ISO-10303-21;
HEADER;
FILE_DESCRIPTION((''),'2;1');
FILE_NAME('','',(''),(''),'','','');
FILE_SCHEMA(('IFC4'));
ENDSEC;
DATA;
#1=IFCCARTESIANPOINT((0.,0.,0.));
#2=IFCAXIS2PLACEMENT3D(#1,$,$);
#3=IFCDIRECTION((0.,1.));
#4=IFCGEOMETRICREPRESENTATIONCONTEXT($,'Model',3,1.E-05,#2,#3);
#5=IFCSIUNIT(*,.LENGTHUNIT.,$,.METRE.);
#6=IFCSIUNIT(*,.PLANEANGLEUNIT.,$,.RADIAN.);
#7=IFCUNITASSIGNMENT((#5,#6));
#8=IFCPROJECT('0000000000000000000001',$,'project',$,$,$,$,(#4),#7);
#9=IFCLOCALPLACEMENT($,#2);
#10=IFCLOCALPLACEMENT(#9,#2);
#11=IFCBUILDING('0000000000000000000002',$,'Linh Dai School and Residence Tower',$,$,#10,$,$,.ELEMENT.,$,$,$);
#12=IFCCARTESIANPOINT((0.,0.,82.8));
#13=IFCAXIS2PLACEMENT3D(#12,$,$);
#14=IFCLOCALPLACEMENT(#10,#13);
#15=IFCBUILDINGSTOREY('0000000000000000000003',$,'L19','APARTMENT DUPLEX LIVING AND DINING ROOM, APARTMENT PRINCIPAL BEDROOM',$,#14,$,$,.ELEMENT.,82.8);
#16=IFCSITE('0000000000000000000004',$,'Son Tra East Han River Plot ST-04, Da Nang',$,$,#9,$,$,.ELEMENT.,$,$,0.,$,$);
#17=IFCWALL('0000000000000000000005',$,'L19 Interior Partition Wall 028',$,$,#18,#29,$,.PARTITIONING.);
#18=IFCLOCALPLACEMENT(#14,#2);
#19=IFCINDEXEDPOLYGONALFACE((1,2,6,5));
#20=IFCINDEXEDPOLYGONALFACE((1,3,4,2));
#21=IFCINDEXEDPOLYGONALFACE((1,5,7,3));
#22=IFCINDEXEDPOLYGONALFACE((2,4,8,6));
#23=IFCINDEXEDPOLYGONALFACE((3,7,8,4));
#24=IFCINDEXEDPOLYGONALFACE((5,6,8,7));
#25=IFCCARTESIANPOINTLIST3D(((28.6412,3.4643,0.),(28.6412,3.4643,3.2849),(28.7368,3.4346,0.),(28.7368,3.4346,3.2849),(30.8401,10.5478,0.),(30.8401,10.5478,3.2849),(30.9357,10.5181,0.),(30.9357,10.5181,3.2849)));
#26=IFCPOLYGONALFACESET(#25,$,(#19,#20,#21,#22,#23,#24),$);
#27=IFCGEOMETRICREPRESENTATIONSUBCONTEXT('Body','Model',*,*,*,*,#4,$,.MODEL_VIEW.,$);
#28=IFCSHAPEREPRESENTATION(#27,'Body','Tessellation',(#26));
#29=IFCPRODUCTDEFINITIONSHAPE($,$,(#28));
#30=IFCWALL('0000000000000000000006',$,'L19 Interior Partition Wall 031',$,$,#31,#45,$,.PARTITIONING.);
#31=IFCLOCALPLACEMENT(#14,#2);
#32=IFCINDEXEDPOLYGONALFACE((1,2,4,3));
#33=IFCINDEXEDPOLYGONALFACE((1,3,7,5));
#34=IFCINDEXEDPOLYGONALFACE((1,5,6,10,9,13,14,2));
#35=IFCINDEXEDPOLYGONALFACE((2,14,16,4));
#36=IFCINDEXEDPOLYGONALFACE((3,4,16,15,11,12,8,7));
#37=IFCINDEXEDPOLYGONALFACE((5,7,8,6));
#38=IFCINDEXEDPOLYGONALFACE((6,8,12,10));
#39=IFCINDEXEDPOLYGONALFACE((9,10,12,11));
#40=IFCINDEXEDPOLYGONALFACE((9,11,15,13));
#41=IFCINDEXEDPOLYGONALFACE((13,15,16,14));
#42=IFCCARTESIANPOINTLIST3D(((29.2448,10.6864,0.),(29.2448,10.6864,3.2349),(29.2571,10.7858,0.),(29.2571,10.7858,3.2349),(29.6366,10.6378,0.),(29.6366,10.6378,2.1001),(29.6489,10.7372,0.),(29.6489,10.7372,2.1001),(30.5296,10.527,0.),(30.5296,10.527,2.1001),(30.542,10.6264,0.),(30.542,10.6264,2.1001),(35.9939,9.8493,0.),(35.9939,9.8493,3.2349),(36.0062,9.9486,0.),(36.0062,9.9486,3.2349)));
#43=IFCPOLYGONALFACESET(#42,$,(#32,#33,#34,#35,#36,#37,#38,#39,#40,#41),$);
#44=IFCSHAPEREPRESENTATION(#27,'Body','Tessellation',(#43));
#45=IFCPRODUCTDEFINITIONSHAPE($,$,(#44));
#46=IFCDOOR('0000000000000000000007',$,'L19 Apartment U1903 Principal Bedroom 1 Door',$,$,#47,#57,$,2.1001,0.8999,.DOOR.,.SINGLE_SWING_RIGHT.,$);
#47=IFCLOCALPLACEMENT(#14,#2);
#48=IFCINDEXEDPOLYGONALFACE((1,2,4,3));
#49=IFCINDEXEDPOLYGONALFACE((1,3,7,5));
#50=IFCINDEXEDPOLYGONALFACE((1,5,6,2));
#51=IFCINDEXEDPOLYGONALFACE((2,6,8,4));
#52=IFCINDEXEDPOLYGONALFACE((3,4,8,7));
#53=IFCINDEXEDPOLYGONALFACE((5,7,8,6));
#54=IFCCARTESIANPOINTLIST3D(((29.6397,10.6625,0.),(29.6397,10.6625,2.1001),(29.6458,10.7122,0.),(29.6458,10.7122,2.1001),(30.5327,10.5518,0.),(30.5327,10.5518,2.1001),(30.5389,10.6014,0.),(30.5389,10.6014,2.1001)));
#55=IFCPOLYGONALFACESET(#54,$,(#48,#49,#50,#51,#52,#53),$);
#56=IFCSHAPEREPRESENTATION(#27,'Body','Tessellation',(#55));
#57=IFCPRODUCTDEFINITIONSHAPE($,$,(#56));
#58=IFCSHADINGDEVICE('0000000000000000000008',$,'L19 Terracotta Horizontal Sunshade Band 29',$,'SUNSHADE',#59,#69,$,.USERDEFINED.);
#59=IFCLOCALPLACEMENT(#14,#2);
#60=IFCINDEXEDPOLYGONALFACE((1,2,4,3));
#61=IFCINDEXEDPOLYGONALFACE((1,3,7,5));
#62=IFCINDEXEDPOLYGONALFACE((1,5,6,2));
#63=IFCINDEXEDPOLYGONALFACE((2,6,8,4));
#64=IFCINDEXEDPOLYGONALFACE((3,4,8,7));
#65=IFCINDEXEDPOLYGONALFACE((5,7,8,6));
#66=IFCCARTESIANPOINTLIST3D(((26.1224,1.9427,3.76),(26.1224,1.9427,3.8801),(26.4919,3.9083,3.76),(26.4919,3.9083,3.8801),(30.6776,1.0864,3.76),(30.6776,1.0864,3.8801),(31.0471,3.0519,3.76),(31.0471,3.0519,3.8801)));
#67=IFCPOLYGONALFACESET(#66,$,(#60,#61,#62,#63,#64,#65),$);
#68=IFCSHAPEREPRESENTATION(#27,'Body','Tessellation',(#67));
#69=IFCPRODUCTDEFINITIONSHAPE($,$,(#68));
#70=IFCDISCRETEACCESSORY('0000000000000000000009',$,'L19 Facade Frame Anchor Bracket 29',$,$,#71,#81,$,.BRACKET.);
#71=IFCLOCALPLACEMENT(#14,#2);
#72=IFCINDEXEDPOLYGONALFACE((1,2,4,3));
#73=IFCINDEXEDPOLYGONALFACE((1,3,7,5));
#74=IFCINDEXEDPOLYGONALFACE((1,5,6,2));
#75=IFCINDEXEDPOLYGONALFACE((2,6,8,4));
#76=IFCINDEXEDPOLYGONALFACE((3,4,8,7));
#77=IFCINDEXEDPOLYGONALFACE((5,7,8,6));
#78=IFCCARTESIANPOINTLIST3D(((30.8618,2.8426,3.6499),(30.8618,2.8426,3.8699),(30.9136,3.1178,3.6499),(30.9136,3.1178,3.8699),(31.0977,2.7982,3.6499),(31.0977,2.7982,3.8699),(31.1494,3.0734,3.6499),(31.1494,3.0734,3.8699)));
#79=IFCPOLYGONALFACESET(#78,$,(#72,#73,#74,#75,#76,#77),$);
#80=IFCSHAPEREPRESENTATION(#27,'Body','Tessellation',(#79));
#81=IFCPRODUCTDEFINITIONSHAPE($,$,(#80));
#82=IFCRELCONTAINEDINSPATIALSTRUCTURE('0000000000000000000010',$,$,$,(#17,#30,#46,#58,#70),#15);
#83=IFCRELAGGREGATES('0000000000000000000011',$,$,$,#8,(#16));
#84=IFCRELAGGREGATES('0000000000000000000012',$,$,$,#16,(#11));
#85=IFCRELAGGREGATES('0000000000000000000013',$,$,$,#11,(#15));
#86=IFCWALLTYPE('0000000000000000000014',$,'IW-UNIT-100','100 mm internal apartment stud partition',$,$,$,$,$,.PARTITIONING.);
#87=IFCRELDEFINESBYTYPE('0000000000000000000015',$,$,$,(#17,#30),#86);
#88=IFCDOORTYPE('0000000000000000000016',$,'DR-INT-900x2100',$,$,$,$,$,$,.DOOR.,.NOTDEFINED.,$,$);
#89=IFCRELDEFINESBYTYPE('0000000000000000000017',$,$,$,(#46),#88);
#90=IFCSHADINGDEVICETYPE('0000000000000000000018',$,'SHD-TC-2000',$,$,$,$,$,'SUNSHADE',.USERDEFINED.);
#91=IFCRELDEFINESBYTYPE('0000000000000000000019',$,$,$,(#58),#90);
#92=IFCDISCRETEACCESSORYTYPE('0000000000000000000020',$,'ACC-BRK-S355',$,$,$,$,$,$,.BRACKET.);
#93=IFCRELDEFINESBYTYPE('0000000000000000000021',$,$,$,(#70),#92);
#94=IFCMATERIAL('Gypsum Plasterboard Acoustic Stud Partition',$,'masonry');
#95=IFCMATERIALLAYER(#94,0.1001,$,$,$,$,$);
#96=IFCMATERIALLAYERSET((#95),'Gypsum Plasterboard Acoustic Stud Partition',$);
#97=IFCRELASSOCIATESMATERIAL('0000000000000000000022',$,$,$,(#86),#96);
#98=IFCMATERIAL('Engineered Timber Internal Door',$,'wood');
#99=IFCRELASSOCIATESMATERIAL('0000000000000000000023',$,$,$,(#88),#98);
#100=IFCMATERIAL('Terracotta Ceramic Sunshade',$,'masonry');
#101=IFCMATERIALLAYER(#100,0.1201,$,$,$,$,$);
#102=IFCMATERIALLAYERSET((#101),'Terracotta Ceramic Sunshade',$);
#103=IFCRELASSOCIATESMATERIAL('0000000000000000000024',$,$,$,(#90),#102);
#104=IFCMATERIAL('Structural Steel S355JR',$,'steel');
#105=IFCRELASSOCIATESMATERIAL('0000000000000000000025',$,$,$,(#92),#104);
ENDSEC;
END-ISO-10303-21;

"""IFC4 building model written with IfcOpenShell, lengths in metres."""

from ifc_helpers import new_model, si_unit, direction, frame, frame_2d, origin, origin_2d, place, context, subcontext, project, spatial, rectangle, extrude, source, transform, mapped, material, layer, layer_set, type_object, element, fill, save


model = new_model("IFC4")

# Units and contexts
model_context = context("Model", 3, precision=1e-05, world=origin(), true_north=direction((0.0, 1.0)))
body_context = subcontext(model_context, "Body", "Model", "MODEL_VIEW")
ifc_project = project(units=[si_unit("LENGTHUNIT", "METRE"), si_unit("PLANEANGLEUNIT", "RADIAN")], contexts=[model_context])

# Site, building, storey
site_placement = place(None, origin())
site = spatial("IfcSite", under=ifc_project, at=site_placement, Name="Son Tra East Han River Plot ST-04, Da Nang", CompositionType="ELEMENT", RefElevation=0.0)
building_placement = place(site_placement, origin())
building = spatial("IfcBuilding", under=site, at=building_placement, Name="Linh Dai School and Residence Tower", CompositionType="ELEMENT")
storey_placement = place(building_placement, frame((0.0, 0.0, 82.8)))
storey = spatial("IfcBuildingStorey", under=building, at=storey_placement, Name="L19", Description="APARTMENT DUPLEX LIVING AND DINING ROOM, APARTMENT PRINCIPAL BEDROOM", CompositionType="ELEMENT", Elevation=82.8)

# Shared definitions
ifc_material_1 = material(Name="Structural Steel S355JR", Category="steel")

# Shared definitions
ifc_material_2 = material(Name="Gypsum Plasterboard Acoustic Stud Partition", Category="masonry")
ifc_layer_1 = layer(ifc_material_2, 0.1001)
ifc_layer_set_1 = layer_set([ifc_layer_1], Name="Gypsum Plasterboard Acoustic Stud Partition")
wall_type_1 = type_object("IfcWallType", Name="IW-UNIT-100", Description="100 mm internal apartment stud partition", PredefinedType="PARTITIONING", material=ifc_layer_set_1)

# Wall
wall_1_placement = place(storey_placement, frame((28.689, 3.4495, 0.0), z_axis=(0.0, 0.0, 1.0), x_axis=(0.296479, 0.955039, 0.0)))
element("IfcWall", 1, at=wall_1_placement, inside=storey, type_object=wall_type_1, Name="L19 Interior Partition Wall 028", PredefinedType="PARTITIONING", context=body_context, shape_type="SweptSolid", body=[
    extrude(rectangle(XDim=7.417, YDim=0.1001, at=frame_2d((3.7085, 0.0))), origin(), (0.0, 0.0, 1.0), 3.2849),
])

# Wall, opening, door
wall_2_placement = place(storey_placement, frame((29.251, 10.7361, 0.0), z_axis=(0.0, 0.0, 1.0), x_axis=(0.992395, -0.123098, 0.0)))
wall_2 = element("IfcWall", 2, at=wall_2_placement, inside=storey, type_object=wall_type_1, Name="L19 Interior Partition Wall 031", PredefinedType="PARTITIONING", context=body_context, shape_type="SweptSolid", body=[
    extrude(rectangle(XDim=6.8008, YDim=0.1001, at=frame_2d((3.4004, 0.0))), origin(), (0.0, 0.0, 1.0), 3.2349),
])
opening_1_placement = place(wall_2_placement, frame((0.3948, 0.0, 0.0)))
opening_1 = element("IfcOpeningElement", 3, at=opening_1_placement, cuts=wall_2, PredefinedType="OPENING", context=body_context, shape_type="SweptSolid", body=[
    extrude(rectangle(XDim=0.8999, YDim=2.1001, at=origin_2d()), frame((0.45, 0.0601, 1.05), z_axis=(0.0, -1.0, 0.0), x_axis=(1.0, 0.0, 0.0)), (0.0, 0.0, 1.0), 0.1201),
])
ifc_material_3 = material(Name="Engineered Timber Internal Door", Category="wood")
door_type_1 = type_object("IfcDoorType", Name="DR-INT-900x2100", OperationType="NOTDEFINED", PredefinedType="DOOR", material=ifc_material_3)
shared_shape_1 = source(origin(), body_context, "Body", "SweptSolid", [
    extrude(rectangle(XDim=0.8999, YDim=2.1001, at=origin_2d()), frame((0.45, 0.0249, 1.05), z_axis=(0.0, -1.0, 0.0), x_axis=(1.0, 0.0, 0.0)), (0.0, 0.0, 1.0), 0.05),
])
door_1_placement = place(opening_1_placement, origin())
door_1 = element("IfcDoor", 4, at=door_1_placement, inside=storey, type_object=door_type_1, Name="L19 Apartment U1903 Principal Bedroom 1 Door", OperationType="SINGLE_SWING_RIGHT", OverallHeight=2.1001, OverallWidth=0.8999, PredefinedType="DOOR", context=body_context, shape_type="MappedRepresentation", body=[
    mapped(shared_shape_1, transform((0.0, 0.0, 0.0), x_axis=(1.0, 0.0, 0.0), y_axis=(0.0, 1.0, 0.0), z_axis=(0.0, 0.0, 1.0), scale=1.0)),
])
fill(opening_1, door_1)

# Shading device
ifc_material_4 = material(Name="Terracotta Ceramic Sunshade", Category="masonry")
ifc_layer_2 = layer(ifc_material_4, 0.1201)
ifc_layer_set_2 = layer_set([ifc_layer_2], Name="Terracotta Ceramic Sunshade")
shading_device_type = type_object("IfcShadingDeviceType", Name="SHD-TC-2000", ElementType="SUNSHADE", PredefinedType="USERDEFINED", material=ifc_layer_set_2)
shared_shape_2 = source(origin(), body_context, "Body", "SweptSolid", [
    extrude(rectangle(XDim=4.635, YDim=2.0, at=origin_2d()), origin(), (0.0, 0.0, 1.0), 0.1201),
])
shading_device_placement = place(storey_placement, frame((28.5847, 2.4973, 3.76), z_axis=(0.0, 0.0, 1.0), x_axis=(-0.982786, 0.184748, 0.0)))
element("IfcShadingDevice", 5, at=shading_device_placement, inside=storey, type_object=shading_device_type, Name="L19 Terracotta Horizontal Sunshade Band 29", ObjectType="SUNSHADE", PredefinedType="USERDEFINED", context=body_context, shape_type="MappedRepresentation", body=[
    mapped(shared_shape_2, transform((0.0, 0.0, 0.0), x_axis=(1.0, 0.0, 0.0), y_axis=(0.0, 1.0, 0.0), z_axis=(0.0, 0.0, 1.0), scale=1.0)),
])

# Discrete accessory
discrete_accessory_type = type_object("IfcDiscreteAccessoryType", Name="ACC-BRK-S355", PredefinedType="BRACKET", material=ifc_material_1)
shared_shape_3 = source(origin(), body_context, "Body", "SweptSolid", [
    extrude(rectangle(XDim=0.28, YDim=0.24, at=origin_2d()), origin(), (0.0, 0.0, 1.0), 0.22),
])
discrete_accessory_placement = place(storey_placement, frame((31.0056, 2.958, 3.6499), z_axis=(0.0, 0.0, 1.0), x_axis=(-0.184748, -0.982786, 0.0)))
element("IfcDiscreteAccessory", 6, at=discrete_accessory_placement, inside=storey, type_object=discrete_accessory_type, Name="L19 Facade Frame Anchor Bracket 29", PredefinedType="BRACKET", context=body_context, shape_type="MappedRepresentation", body=[
    mapped(shared_shape_3, transform((0.0, 0.0, 0.0), x_axis=(1.0, 0.0, 0.0), y_axis=(0.0, 1.0, 0.0), z_axis=(0.0, 0.0, 1.0), scale=1.0)),
])

save(model, "model.ifc")
